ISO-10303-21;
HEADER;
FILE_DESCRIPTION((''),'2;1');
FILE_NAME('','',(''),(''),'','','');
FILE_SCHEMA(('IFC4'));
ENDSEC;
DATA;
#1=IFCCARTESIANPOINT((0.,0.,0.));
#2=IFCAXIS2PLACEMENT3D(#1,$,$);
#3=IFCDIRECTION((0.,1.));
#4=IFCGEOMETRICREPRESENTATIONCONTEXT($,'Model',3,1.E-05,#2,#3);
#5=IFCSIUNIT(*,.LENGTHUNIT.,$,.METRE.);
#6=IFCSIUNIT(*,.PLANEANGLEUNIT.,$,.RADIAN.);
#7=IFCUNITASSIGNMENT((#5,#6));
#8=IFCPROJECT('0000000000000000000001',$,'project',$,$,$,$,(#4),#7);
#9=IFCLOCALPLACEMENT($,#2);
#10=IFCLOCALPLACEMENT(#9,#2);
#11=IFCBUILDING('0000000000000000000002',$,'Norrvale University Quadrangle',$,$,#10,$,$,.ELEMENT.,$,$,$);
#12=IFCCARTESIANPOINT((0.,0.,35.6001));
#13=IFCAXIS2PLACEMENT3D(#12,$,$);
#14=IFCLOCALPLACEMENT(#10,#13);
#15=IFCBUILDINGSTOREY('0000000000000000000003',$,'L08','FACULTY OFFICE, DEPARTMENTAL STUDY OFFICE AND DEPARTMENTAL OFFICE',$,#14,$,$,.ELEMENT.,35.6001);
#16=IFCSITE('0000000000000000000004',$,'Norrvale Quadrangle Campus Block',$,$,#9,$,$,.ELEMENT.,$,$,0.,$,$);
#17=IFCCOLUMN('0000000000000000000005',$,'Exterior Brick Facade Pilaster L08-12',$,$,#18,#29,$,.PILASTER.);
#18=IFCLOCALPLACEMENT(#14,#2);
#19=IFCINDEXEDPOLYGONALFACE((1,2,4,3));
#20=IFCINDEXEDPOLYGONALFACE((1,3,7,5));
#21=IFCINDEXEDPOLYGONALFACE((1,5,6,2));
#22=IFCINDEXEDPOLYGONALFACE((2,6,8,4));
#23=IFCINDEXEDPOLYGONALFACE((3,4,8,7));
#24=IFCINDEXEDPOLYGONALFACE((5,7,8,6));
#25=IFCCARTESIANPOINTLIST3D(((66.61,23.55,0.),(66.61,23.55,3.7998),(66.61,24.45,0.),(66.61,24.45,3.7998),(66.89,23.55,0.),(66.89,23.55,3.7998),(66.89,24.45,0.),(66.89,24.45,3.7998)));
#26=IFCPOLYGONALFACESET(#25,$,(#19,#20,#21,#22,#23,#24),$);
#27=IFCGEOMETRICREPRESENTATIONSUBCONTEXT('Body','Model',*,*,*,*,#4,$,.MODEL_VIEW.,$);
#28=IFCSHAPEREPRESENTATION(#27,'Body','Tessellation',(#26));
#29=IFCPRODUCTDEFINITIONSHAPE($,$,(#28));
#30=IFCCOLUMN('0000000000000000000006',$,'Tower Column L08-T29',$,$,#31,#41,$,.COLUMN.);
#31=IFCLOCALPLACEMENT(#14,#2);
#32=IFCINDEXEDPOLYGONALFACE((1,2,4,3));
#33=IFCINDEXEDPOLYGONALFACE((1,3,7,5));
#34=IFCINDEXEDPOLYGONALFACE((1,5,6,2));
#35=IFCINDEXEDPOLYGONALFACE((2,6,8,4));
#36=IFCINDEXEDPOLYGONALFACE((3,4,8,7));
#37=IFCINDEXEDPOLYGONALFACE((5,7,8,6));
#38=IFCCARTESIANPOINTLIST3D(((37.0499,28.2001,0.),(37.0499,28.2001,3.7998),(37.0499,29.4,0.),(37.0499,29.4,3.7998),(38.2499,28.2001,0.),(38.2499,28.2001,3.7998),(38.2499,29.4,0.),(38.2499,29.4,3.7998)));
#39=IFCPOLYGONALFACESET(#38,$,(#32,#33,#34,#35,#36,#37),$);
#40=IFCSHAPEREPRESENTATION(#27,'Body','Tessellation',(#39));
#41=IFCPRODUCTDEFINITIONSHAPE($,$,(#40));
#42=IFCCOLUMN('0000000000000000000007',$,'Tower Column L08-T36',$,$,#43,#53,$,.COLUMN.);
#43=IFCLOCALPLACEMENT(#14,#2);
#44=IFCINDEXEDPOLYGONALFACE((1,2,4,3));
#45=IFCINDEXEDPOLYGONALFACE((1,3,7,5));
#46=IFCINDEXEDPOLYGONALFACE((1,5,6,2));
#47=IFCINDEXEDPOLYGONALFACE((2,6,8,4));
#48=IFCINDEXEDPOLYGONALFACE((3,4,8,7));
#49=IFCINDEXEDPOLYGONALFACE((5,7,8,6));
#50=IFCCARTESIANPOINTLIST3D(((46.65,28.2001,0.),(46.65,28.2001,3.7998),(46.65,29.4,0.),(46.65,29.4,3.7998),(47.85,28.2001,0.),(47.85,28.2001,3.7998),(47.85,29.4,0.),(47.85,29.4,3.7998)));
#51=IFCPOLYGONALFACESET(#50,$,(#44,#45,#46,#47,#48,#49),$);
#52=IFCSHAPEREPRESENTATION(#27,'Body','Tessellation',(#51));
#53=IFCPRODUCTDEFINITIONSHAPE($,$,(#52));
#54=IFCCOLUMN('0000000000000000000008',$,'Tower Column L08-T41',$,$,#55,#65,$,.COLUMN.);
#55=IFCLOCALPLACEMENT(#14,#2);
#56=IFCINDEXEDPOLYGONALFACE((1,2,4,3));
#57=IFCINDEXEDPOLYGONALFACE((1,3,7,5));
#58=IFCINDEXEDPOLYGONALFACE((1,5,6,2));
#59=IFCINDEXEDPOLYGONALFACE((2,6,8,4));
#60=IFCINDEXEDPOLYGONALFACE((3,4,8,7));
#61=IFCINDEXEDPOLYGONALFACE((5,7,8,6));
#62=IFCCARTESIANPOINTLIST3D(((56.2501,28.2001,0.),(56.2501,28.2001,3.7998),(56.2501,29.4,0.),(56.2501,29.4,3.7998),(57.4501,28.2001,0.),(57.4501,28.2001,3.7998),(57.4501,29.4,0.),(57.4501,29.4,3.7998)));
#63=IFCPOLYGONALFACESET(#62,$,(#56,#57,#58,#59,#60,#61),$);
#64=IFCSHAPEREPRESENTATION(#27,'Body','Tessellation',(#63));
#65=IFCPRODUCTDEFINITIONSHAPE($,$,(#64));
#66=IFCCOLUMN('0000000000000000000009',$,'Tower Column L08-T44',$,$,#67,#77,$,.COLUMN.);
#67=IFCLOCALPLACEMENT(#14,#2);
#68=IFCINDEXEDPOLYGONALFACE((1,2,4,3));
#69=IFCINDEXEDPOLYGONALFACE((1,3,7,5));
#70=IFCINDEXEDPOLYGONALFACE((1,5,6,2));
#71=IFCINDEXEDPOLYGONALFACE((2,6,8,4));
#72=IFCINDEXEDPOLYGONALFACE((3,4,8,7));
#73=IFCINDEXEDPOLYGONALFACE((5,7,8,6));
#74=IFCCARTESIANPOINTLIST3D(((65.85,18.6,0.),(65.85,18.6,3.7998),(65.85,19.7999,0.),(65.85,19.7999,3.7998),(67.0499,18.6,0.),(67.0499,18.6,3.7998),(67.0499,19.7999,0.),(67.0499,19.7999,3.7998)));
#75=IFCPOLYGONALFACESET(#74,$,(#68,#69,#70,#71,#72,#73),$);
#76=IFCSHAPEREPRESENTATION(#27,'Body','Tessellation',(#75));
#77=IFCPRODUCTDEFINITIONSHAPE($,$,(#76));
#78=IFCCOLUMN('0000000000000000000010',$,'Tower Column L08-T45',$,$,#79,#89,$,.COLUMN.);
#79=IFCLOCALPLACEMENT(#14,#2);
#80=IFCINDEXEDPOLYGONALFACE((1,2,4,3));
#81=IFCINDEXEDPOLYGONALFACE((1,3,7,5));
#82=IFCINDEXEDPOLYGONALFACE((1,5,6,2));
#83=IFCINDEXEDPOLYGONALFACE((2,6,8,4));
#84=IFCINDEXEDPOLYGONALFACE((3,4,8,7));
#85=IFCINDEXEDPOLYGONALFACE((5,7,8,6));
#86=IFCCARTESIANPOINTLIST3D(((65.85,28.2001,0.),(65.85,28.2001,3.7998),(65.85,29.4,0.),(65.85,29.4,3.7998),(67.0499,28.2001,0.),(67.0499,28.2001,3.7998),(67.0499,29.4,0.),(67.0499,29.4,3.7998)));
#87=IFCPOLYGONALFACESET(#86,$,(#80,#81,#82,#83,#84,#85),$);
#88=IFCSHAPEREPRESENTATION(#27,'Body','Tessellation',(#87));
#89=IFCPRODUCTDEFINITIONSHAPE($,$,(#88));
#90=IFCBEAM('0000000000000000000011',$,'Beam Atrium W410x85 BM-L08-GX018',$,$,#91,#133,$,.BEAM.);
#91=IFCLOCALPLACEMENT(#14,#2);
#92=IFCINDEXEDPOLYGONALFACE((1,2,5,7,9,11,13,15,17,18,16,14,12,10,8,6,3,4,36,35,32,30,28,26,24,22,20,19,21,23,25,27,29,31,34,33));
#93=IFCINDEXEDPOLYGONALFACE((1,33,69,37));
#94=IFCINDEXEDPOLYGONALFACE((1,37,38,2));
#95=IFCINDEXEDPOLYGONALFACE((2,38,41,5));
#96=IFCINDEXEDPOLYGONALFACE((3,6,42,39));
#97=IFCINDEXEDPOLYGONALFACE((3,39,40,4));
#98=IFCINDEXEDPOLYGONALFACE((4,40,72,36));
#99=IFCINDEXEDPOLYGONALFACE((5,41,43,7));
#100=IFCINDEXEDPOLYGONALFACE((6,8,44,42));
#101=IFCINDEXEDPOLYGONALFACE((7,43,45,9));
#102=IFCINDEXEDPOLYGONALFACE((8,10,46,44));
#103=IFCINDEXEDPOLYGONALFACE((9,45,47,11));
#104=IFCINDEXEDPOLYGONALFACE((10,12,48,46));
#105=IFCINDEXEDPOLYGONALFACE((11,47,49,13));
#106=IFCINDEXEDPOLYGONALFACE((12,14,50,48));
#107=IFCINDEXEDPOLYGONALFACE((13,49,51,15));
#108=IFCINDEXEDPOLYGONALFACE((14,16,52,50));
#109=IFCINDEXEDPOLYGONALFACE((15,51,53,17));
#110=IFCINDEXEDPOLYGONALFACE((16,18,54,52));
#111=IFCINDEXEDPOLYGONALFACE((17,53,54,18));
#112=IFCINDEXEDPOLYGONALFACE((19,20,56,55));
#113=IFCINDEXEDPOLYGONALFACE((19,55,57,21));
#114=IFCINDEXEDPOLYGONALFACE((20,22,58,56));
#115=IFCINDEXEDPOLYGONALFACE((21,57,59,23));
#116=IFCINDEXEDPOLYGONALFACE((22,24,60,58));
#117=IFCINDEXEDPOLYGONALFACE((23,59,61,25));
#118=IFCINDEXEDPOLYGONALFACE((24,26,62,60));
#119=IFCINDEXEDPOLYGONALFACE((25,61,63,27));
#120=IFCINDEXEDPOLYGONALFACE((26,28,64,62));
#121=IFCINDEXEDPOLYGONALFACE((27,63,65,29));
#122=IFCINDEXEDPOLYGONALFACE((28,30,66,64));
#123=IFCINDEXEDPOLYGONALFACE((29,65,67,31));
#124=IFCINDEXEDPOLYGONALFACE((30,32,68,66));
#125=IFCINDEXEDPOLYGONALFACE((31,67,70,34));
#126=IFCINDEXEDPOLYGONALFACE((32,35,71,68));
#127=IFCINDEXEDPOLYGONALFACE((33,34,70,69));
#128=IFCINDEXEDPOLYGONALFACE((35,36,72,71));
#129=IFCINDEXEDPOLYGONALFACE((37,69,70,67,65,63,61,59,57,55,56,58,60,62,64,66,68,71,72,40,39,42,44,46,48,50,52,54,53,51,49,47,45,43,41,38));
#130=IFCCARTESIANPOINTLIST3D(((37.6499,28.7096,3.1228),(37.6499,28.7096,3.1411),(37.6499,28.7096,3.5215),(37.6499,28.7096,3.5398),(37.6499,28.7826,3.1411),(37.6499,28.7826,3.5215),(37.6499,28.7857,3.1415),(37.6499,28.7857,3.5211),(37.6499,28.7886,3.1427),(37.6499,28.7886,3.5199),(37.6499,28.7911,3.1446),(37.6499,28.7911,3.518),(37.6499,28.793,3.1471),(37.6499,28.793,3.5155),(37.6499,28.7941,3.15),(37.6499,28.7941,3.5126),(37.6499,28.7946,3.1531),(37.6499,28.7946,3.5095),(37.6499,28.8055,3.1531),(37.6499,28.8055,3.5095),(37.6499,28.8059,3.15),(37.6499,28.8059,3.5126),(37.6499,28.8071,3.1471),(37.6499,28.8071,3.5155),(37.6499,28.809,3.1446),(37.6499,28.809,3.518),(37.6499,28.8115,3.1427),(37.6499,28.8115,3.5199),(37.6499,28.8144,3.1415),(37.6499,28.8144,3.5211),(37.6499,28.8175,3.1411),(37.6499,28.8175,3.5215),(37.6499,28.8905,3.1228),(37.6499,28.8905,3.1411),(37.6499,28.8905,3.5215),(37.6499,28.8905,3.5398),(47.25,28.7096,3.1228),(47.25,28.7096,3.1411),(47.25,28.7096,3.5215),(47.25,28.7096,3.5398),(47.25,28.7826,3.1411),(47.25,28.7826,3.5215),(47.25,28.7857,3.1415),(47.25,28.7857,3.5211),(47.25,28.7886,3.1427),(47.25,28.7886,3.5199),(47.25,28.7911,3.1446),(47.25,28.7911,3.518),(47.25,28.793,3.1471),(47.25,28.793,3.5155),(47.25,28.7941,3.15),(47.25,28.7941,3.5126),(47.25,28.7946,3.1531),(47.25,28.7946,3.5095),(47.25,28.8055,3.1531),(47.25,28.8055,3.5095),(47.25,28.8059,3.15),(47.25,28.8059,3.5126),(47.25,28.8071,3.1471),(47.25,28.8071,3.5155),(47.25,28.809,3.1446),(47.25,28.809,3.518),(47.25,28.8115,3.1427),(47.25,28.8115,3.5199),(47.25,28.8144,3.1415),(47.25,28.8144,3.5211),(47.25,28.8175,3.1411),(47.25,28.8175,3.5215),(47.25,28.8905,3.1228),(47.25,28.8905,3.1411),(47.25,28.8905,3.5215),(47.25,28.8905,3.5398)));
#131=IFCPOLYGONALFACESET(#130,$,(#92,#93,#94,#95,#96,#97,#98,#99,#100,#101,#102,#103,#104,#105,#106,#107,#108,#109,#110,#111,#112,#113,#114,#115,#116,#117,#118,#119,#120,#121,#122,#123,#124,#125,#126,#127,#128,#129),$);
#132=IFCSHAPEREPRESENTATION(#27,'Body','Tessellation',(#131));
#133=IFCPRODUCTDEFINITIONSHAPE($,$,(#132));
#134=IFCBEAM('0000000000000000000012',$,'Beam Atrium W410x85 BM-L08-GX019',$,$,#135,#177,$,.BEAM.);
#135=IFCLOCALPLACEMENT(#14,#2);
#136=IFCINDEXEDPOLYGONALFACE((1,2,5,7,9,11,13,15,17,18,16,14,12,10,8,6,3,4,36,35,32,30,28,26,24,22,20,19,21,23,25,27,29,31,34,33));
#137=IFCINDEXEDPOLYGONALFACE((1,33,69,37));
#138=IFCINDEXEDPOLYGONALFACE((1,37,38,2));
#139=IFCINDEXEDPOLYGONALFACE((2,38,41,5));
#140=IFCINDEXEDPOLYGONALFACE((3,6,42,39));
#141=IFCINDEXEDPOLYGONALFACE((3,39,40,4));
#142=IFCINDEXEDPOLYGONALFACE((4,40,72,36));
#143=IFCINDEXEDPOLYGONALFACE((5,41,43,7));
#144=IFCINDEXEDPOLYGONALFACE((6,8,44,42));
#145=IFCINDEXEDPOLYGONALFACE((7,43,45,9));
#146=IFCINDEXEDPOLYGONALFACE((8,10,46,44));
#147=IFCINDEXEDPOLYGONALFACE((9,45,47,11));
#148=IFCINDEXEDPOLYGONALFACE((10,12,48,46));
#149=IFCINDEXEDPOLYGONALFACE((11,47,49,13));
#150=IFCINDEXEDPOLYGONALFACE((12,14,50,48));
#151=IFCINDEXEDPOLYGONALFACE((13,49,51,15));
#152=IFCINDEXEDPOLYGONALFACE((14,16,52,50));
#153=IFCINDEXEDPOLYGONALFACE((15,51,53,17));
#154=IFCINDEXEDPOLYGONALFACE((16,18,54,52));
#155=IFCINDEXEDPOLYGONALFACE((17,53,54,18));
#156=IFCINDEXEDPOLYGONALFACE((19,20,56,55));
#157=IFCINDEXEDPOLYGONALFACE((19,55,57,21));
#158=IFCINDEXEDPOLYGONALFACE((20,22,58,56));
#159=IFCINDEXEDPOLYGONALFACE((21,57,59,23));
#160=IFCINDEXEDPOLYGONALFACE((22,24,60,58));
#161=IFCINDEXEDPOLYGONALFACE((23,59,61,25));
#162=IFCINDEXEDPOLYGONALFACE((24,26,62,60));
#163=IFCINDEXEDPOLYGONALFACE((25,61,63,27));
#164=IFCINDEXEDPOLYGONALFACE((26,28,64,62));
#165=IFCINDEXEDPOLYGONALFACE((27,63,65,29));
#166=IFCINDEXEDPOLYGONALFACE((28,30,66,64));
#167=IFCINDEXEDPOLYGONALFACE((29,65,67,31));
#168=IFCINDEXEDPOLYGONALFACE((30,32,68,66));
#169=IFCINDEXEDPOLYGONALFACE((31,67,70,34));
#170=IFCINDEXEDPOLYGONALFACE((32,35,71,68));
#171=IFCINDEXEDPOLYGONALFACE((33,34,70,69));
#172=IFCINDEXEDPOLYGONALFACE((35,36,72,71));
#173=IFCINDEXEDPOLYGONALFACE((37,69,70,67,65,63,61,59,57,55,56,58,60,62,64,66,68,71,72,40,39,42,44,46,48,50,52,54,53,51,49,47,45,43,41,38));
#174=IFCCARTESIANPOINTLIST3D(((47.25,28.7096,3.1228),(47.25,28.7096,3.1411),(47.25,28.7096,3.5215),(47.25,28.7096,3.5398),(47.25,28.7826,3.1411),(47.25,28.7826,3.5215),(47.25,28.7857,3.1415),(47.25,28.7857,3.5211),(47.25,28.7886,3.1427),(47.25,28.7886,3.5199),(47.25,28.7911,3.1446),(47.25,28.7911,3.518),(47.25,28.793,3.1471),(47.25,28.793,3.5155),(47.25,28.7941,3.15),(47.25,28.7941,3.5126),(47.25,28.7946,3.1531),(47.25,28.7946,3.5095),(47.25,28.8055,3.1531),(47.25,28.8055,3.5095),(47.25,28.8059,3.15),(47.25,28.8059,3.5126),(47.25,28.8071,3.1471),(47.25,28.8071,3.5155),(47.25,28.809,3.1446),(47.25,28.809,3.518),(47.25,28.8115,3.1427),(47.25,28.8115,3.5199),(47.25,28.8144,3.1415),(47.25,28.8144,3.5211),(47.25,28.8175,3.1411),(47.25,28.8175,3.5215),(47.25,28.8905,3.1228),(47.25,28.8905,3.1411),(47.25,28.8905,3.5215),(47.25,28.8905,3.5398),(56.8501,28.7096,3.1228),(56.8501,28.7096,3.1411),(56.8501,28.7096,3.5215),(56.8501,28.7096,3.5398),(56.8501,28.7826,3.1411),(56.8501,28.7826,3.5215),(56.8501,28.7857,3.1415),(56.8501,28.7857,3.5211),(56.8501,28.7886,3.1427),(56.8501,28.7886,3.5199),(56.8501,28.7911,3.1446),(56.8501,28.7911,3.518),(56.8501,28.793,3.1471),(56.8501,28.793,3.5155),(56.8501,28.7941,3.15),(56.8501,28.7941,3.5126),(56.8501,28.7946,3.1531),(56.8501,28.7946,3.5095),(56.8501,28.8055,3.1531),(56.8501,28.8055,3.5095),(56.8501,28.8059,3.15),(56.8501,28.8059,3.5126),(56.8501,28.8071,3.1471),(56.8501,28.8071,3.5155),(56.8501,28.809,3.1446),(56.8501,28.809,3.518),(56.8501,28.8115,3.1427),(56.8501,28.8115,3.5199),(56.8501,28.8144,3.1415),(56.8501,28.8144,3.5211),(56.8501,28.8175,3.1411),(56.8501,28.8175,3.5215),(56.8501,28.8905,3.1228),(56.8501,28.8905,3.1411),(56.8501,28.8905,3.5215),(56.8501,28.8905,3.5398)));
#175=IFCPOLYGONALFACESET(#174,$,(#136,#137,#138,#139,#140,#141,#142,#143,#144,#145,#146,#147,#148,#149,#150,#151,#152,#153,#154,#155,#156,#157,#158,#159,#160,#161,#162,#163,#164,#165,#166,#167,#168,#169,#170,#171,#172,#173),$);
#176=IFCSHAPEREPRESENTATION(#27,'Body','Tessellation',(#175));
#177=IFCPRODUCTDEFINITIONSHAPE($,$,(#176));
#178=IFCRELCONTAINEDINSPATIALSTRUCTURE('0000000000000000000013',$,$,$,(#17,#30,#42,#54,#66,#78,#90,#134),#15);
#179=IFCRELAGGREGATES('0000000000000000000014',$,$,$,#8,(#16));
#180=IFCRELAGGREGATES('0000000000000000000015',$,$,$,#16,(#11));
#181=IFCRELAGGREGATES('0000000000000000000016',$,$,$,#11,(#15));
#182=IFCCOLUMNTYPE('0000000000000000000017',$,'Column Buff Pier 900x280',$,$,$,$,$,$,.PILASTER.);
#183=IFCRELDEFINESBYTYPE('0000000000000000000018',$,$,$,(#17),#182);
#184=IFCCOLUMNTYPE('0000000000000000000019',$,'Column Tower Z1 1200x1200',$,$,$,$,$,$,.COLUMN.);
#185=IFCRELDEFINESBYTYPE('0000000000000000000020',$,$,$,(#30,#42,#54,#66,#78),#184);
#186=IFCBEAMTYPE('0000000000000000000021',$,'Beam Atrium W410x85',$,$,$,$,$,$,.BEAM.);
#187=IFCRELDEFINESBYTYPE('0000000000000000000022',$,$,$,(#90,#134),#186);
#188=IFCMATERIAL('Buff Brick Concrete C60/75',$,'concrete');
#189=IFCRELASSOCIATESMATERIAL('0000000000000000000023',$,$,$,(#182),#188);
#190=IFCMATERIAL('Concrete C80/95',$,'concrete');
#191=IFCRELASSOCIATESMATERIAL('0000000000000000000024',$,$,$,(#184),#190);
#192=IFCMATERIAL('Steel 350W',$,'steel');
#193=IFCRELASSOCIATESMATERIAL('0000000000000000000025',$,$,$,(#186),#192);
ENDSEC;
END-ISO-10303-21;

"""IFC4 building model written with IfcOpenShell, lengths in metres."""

from ifc_helpers import new_model, si_unit, direction, frame, origin, origin_2d, place, context, subcontext, project, spatial, rectangle, i_section, extrude, material, material_profile, profile_set, type_object, element, save


model = new_model("IFC4")

# Units and contexts
model_context = context("Model", 3, precision=1e-05, world=origin(), true_north=direction((0.0, 1.0)))
body_context = subcontext(model_context, "Body", "Model", "MODEL_VIEW")
ifc_project = project(units=[si_unit("LENGTHUNIT", "METRE"), si_unit("PLANEANGLEUNIT", "RADIAN")], contexts=[model_context])

# Site, building, storey
site_placement = place(None, origin())
site = spatial("IfcSite", under=ifc_project, at=site_placement, Name="Norrvale Quadrangle Campus Block", CompositionType="ELEMENT", RefElevation=0.0)
building_placement = place(site_placement, origin())
building = spatial("IfcBuilding", under=site, at=building_placement, Name="Norrvale University Quadrangle", CompositionType="ELEMENT")
storey_placement = place(building_placement, frame((0.0, 0.0, 35.6001)))
storey = spatial("IfcBuildingStorey", under=building, at=storey_placement, Name="L08", Description="FACULTY OFFICE, DEPARTMENTAL STUDY OFFICE AND DEPARTMENTAL OFFICE", CompositionType="ELEMENT", Elevation=35.6001)

# Columns
ifc_material_1 = material(Name="Buff Brick Concrete C60/75", Category="concrete")
ifc_material_profile_1 = material_profile(ifc_material_1, rectangle(XDim=0.8999, YDim=0.28, at=origin_2d()), Name="Buff Brick Concrete C60/75")
ifc_profile_set_1 = profile_set([ifc_material_profile_1], Name="Buff Brick Concrete C60/75")
column_type_1 = type_object("IfcColumnType", Name="Column Buff Pier 900x280", PredefinedType="PILASTER", material=ifc_profile_set_1)
column_placement = place(storey_placement, frame((66.75, 24.0, 0.0), z_axis=(0.0, 0.0, 1.0), x_axis=(0.0, 1.0, 0.0)))
element("IfcColumn", 1, at=column_placement, inside=storey, type_object=column_type_1, Name="Exterior Brick Facade Pilaster L08-12", PredefinedType="PILASTER", context=body_context, shape_type="SweptSolid", body=[
    extrude(rectangle(XDim=0.8999, YDim=0.28, at=origin_2d()), origin(), (0.0, 0.0, 1.0), 3.7998),
])
ifc_material_2 = material(Name="Concrete C80/95", Category="concrete")
ifc_material_profile_2 = material_profile(ifc_material_2, rectangle(XDim=1.2, YDim=1.2, at=origin_2d()), Name="Concrete C80/95")
ifc_profile_set_2 = profile_set([ifc_material_profile_2], Name="Concrete C80/95")
column_type_2 = type_object("IfcColumnType", Name="Column Tower Z1 1200x1200", PredefinedType="COLUMN", material=ifc_profile_set_2)
for number, where, z_axis, x_axis, name in (
    (2, (37.6499, 28.8, 0.0), (0.0, 0.0, 1.0), (1.0, 0.0, 0.0), "Tower Column L08-T29"),
    (3, (47.25, 28.8, 0.0), (0.0, 0.0, 1.0), (1.0, 0.0, 0.0), "Tower Column L08-T36"),
    (4, (56.8501, 28.8, 0.0), (0.0, 0.0, 1.0), (1.0, 0.0, 0.0), "Tower Column L08-T41"),
    (5, (66.45, 19.2, 0.0), (0.0, 0.0, 1.0), (1.0, 0.0, 0.0), "Tower Column L08-T44"),
    (6, (66.45, 28.8, 0.0), (0.0, 0.0, 1.0), (1.0, 0.0, 0.0), "Tower Column L08-T45"),
):
    element("IfcColumn", number, at=place(storey_placement, frame(where, z_axis=z_axis, x_axis=x_axis)), inside=storey, type_object=column_type_2, Name=name, PredefinedType="COLUMN", context=body_context, shape_type="SweptSolid", body=[
        extrude(rectangle(XDim=1.2, YDim=1.2, at=origin_2d()), origin(), (0.0, 0.0, 1.0), 3.7998),
    ])

# Beams
ifc_material_3 = material(Name="Steel 350W", Category="steel")
ifc_material_profile_3 = material_profile(ifc_material_3, i_section(OverallWidth=0.1809, OverallDepth=0.417, WebThickness=0.011, FlangeThickness=0.0183, FilletRadius=0.012, at=origin_2d()), Name="Steel 350W")
ifc_profile_set_3 = profile_set([ifc_material_profile_3], Name="Steel 350W")
beam_type_1 = type_object("IfcBeamType", Name="Beam Atrium W410x85", PredefinedType="BEAM", material=ifc_profile_set_3)
for number, where, z_axis, x_axis, name in (
    (7, (37.6499, 28.8, 3.3313), (1.0, 0.0, 0.0), (0.0, 1.0, 0.0), "Beam Atrium W410x85 BM-L08-GX018"),
    (8, (47.25, 28.8, 3.3313), (1.0, 0.0, 0.0), (0.0, 1.0, 0.0), "Beam Atrium W410x85 BM-L08-GX019"),
):
    element("IfcBeam", number, at=place(storey_placement, frame(where, z_axis=z_axis, x_axis=x_axis)), inside=storey, type_object=beam_type_1, Name=name, PredefinedType="BEAM", context=body_context, shape_type="SweptSolid", body=[
        extrude(i_section(OverallWidth=0.1809, OverallDepth=0.417, WebThickness=0.011, FlangeThickness=0.0183, FilletRadius=0.012, at=origin_2d()), origin(), (0.0, 0.0, 1.0), 9.6001),
    ])

save(model, "model.ifc")
